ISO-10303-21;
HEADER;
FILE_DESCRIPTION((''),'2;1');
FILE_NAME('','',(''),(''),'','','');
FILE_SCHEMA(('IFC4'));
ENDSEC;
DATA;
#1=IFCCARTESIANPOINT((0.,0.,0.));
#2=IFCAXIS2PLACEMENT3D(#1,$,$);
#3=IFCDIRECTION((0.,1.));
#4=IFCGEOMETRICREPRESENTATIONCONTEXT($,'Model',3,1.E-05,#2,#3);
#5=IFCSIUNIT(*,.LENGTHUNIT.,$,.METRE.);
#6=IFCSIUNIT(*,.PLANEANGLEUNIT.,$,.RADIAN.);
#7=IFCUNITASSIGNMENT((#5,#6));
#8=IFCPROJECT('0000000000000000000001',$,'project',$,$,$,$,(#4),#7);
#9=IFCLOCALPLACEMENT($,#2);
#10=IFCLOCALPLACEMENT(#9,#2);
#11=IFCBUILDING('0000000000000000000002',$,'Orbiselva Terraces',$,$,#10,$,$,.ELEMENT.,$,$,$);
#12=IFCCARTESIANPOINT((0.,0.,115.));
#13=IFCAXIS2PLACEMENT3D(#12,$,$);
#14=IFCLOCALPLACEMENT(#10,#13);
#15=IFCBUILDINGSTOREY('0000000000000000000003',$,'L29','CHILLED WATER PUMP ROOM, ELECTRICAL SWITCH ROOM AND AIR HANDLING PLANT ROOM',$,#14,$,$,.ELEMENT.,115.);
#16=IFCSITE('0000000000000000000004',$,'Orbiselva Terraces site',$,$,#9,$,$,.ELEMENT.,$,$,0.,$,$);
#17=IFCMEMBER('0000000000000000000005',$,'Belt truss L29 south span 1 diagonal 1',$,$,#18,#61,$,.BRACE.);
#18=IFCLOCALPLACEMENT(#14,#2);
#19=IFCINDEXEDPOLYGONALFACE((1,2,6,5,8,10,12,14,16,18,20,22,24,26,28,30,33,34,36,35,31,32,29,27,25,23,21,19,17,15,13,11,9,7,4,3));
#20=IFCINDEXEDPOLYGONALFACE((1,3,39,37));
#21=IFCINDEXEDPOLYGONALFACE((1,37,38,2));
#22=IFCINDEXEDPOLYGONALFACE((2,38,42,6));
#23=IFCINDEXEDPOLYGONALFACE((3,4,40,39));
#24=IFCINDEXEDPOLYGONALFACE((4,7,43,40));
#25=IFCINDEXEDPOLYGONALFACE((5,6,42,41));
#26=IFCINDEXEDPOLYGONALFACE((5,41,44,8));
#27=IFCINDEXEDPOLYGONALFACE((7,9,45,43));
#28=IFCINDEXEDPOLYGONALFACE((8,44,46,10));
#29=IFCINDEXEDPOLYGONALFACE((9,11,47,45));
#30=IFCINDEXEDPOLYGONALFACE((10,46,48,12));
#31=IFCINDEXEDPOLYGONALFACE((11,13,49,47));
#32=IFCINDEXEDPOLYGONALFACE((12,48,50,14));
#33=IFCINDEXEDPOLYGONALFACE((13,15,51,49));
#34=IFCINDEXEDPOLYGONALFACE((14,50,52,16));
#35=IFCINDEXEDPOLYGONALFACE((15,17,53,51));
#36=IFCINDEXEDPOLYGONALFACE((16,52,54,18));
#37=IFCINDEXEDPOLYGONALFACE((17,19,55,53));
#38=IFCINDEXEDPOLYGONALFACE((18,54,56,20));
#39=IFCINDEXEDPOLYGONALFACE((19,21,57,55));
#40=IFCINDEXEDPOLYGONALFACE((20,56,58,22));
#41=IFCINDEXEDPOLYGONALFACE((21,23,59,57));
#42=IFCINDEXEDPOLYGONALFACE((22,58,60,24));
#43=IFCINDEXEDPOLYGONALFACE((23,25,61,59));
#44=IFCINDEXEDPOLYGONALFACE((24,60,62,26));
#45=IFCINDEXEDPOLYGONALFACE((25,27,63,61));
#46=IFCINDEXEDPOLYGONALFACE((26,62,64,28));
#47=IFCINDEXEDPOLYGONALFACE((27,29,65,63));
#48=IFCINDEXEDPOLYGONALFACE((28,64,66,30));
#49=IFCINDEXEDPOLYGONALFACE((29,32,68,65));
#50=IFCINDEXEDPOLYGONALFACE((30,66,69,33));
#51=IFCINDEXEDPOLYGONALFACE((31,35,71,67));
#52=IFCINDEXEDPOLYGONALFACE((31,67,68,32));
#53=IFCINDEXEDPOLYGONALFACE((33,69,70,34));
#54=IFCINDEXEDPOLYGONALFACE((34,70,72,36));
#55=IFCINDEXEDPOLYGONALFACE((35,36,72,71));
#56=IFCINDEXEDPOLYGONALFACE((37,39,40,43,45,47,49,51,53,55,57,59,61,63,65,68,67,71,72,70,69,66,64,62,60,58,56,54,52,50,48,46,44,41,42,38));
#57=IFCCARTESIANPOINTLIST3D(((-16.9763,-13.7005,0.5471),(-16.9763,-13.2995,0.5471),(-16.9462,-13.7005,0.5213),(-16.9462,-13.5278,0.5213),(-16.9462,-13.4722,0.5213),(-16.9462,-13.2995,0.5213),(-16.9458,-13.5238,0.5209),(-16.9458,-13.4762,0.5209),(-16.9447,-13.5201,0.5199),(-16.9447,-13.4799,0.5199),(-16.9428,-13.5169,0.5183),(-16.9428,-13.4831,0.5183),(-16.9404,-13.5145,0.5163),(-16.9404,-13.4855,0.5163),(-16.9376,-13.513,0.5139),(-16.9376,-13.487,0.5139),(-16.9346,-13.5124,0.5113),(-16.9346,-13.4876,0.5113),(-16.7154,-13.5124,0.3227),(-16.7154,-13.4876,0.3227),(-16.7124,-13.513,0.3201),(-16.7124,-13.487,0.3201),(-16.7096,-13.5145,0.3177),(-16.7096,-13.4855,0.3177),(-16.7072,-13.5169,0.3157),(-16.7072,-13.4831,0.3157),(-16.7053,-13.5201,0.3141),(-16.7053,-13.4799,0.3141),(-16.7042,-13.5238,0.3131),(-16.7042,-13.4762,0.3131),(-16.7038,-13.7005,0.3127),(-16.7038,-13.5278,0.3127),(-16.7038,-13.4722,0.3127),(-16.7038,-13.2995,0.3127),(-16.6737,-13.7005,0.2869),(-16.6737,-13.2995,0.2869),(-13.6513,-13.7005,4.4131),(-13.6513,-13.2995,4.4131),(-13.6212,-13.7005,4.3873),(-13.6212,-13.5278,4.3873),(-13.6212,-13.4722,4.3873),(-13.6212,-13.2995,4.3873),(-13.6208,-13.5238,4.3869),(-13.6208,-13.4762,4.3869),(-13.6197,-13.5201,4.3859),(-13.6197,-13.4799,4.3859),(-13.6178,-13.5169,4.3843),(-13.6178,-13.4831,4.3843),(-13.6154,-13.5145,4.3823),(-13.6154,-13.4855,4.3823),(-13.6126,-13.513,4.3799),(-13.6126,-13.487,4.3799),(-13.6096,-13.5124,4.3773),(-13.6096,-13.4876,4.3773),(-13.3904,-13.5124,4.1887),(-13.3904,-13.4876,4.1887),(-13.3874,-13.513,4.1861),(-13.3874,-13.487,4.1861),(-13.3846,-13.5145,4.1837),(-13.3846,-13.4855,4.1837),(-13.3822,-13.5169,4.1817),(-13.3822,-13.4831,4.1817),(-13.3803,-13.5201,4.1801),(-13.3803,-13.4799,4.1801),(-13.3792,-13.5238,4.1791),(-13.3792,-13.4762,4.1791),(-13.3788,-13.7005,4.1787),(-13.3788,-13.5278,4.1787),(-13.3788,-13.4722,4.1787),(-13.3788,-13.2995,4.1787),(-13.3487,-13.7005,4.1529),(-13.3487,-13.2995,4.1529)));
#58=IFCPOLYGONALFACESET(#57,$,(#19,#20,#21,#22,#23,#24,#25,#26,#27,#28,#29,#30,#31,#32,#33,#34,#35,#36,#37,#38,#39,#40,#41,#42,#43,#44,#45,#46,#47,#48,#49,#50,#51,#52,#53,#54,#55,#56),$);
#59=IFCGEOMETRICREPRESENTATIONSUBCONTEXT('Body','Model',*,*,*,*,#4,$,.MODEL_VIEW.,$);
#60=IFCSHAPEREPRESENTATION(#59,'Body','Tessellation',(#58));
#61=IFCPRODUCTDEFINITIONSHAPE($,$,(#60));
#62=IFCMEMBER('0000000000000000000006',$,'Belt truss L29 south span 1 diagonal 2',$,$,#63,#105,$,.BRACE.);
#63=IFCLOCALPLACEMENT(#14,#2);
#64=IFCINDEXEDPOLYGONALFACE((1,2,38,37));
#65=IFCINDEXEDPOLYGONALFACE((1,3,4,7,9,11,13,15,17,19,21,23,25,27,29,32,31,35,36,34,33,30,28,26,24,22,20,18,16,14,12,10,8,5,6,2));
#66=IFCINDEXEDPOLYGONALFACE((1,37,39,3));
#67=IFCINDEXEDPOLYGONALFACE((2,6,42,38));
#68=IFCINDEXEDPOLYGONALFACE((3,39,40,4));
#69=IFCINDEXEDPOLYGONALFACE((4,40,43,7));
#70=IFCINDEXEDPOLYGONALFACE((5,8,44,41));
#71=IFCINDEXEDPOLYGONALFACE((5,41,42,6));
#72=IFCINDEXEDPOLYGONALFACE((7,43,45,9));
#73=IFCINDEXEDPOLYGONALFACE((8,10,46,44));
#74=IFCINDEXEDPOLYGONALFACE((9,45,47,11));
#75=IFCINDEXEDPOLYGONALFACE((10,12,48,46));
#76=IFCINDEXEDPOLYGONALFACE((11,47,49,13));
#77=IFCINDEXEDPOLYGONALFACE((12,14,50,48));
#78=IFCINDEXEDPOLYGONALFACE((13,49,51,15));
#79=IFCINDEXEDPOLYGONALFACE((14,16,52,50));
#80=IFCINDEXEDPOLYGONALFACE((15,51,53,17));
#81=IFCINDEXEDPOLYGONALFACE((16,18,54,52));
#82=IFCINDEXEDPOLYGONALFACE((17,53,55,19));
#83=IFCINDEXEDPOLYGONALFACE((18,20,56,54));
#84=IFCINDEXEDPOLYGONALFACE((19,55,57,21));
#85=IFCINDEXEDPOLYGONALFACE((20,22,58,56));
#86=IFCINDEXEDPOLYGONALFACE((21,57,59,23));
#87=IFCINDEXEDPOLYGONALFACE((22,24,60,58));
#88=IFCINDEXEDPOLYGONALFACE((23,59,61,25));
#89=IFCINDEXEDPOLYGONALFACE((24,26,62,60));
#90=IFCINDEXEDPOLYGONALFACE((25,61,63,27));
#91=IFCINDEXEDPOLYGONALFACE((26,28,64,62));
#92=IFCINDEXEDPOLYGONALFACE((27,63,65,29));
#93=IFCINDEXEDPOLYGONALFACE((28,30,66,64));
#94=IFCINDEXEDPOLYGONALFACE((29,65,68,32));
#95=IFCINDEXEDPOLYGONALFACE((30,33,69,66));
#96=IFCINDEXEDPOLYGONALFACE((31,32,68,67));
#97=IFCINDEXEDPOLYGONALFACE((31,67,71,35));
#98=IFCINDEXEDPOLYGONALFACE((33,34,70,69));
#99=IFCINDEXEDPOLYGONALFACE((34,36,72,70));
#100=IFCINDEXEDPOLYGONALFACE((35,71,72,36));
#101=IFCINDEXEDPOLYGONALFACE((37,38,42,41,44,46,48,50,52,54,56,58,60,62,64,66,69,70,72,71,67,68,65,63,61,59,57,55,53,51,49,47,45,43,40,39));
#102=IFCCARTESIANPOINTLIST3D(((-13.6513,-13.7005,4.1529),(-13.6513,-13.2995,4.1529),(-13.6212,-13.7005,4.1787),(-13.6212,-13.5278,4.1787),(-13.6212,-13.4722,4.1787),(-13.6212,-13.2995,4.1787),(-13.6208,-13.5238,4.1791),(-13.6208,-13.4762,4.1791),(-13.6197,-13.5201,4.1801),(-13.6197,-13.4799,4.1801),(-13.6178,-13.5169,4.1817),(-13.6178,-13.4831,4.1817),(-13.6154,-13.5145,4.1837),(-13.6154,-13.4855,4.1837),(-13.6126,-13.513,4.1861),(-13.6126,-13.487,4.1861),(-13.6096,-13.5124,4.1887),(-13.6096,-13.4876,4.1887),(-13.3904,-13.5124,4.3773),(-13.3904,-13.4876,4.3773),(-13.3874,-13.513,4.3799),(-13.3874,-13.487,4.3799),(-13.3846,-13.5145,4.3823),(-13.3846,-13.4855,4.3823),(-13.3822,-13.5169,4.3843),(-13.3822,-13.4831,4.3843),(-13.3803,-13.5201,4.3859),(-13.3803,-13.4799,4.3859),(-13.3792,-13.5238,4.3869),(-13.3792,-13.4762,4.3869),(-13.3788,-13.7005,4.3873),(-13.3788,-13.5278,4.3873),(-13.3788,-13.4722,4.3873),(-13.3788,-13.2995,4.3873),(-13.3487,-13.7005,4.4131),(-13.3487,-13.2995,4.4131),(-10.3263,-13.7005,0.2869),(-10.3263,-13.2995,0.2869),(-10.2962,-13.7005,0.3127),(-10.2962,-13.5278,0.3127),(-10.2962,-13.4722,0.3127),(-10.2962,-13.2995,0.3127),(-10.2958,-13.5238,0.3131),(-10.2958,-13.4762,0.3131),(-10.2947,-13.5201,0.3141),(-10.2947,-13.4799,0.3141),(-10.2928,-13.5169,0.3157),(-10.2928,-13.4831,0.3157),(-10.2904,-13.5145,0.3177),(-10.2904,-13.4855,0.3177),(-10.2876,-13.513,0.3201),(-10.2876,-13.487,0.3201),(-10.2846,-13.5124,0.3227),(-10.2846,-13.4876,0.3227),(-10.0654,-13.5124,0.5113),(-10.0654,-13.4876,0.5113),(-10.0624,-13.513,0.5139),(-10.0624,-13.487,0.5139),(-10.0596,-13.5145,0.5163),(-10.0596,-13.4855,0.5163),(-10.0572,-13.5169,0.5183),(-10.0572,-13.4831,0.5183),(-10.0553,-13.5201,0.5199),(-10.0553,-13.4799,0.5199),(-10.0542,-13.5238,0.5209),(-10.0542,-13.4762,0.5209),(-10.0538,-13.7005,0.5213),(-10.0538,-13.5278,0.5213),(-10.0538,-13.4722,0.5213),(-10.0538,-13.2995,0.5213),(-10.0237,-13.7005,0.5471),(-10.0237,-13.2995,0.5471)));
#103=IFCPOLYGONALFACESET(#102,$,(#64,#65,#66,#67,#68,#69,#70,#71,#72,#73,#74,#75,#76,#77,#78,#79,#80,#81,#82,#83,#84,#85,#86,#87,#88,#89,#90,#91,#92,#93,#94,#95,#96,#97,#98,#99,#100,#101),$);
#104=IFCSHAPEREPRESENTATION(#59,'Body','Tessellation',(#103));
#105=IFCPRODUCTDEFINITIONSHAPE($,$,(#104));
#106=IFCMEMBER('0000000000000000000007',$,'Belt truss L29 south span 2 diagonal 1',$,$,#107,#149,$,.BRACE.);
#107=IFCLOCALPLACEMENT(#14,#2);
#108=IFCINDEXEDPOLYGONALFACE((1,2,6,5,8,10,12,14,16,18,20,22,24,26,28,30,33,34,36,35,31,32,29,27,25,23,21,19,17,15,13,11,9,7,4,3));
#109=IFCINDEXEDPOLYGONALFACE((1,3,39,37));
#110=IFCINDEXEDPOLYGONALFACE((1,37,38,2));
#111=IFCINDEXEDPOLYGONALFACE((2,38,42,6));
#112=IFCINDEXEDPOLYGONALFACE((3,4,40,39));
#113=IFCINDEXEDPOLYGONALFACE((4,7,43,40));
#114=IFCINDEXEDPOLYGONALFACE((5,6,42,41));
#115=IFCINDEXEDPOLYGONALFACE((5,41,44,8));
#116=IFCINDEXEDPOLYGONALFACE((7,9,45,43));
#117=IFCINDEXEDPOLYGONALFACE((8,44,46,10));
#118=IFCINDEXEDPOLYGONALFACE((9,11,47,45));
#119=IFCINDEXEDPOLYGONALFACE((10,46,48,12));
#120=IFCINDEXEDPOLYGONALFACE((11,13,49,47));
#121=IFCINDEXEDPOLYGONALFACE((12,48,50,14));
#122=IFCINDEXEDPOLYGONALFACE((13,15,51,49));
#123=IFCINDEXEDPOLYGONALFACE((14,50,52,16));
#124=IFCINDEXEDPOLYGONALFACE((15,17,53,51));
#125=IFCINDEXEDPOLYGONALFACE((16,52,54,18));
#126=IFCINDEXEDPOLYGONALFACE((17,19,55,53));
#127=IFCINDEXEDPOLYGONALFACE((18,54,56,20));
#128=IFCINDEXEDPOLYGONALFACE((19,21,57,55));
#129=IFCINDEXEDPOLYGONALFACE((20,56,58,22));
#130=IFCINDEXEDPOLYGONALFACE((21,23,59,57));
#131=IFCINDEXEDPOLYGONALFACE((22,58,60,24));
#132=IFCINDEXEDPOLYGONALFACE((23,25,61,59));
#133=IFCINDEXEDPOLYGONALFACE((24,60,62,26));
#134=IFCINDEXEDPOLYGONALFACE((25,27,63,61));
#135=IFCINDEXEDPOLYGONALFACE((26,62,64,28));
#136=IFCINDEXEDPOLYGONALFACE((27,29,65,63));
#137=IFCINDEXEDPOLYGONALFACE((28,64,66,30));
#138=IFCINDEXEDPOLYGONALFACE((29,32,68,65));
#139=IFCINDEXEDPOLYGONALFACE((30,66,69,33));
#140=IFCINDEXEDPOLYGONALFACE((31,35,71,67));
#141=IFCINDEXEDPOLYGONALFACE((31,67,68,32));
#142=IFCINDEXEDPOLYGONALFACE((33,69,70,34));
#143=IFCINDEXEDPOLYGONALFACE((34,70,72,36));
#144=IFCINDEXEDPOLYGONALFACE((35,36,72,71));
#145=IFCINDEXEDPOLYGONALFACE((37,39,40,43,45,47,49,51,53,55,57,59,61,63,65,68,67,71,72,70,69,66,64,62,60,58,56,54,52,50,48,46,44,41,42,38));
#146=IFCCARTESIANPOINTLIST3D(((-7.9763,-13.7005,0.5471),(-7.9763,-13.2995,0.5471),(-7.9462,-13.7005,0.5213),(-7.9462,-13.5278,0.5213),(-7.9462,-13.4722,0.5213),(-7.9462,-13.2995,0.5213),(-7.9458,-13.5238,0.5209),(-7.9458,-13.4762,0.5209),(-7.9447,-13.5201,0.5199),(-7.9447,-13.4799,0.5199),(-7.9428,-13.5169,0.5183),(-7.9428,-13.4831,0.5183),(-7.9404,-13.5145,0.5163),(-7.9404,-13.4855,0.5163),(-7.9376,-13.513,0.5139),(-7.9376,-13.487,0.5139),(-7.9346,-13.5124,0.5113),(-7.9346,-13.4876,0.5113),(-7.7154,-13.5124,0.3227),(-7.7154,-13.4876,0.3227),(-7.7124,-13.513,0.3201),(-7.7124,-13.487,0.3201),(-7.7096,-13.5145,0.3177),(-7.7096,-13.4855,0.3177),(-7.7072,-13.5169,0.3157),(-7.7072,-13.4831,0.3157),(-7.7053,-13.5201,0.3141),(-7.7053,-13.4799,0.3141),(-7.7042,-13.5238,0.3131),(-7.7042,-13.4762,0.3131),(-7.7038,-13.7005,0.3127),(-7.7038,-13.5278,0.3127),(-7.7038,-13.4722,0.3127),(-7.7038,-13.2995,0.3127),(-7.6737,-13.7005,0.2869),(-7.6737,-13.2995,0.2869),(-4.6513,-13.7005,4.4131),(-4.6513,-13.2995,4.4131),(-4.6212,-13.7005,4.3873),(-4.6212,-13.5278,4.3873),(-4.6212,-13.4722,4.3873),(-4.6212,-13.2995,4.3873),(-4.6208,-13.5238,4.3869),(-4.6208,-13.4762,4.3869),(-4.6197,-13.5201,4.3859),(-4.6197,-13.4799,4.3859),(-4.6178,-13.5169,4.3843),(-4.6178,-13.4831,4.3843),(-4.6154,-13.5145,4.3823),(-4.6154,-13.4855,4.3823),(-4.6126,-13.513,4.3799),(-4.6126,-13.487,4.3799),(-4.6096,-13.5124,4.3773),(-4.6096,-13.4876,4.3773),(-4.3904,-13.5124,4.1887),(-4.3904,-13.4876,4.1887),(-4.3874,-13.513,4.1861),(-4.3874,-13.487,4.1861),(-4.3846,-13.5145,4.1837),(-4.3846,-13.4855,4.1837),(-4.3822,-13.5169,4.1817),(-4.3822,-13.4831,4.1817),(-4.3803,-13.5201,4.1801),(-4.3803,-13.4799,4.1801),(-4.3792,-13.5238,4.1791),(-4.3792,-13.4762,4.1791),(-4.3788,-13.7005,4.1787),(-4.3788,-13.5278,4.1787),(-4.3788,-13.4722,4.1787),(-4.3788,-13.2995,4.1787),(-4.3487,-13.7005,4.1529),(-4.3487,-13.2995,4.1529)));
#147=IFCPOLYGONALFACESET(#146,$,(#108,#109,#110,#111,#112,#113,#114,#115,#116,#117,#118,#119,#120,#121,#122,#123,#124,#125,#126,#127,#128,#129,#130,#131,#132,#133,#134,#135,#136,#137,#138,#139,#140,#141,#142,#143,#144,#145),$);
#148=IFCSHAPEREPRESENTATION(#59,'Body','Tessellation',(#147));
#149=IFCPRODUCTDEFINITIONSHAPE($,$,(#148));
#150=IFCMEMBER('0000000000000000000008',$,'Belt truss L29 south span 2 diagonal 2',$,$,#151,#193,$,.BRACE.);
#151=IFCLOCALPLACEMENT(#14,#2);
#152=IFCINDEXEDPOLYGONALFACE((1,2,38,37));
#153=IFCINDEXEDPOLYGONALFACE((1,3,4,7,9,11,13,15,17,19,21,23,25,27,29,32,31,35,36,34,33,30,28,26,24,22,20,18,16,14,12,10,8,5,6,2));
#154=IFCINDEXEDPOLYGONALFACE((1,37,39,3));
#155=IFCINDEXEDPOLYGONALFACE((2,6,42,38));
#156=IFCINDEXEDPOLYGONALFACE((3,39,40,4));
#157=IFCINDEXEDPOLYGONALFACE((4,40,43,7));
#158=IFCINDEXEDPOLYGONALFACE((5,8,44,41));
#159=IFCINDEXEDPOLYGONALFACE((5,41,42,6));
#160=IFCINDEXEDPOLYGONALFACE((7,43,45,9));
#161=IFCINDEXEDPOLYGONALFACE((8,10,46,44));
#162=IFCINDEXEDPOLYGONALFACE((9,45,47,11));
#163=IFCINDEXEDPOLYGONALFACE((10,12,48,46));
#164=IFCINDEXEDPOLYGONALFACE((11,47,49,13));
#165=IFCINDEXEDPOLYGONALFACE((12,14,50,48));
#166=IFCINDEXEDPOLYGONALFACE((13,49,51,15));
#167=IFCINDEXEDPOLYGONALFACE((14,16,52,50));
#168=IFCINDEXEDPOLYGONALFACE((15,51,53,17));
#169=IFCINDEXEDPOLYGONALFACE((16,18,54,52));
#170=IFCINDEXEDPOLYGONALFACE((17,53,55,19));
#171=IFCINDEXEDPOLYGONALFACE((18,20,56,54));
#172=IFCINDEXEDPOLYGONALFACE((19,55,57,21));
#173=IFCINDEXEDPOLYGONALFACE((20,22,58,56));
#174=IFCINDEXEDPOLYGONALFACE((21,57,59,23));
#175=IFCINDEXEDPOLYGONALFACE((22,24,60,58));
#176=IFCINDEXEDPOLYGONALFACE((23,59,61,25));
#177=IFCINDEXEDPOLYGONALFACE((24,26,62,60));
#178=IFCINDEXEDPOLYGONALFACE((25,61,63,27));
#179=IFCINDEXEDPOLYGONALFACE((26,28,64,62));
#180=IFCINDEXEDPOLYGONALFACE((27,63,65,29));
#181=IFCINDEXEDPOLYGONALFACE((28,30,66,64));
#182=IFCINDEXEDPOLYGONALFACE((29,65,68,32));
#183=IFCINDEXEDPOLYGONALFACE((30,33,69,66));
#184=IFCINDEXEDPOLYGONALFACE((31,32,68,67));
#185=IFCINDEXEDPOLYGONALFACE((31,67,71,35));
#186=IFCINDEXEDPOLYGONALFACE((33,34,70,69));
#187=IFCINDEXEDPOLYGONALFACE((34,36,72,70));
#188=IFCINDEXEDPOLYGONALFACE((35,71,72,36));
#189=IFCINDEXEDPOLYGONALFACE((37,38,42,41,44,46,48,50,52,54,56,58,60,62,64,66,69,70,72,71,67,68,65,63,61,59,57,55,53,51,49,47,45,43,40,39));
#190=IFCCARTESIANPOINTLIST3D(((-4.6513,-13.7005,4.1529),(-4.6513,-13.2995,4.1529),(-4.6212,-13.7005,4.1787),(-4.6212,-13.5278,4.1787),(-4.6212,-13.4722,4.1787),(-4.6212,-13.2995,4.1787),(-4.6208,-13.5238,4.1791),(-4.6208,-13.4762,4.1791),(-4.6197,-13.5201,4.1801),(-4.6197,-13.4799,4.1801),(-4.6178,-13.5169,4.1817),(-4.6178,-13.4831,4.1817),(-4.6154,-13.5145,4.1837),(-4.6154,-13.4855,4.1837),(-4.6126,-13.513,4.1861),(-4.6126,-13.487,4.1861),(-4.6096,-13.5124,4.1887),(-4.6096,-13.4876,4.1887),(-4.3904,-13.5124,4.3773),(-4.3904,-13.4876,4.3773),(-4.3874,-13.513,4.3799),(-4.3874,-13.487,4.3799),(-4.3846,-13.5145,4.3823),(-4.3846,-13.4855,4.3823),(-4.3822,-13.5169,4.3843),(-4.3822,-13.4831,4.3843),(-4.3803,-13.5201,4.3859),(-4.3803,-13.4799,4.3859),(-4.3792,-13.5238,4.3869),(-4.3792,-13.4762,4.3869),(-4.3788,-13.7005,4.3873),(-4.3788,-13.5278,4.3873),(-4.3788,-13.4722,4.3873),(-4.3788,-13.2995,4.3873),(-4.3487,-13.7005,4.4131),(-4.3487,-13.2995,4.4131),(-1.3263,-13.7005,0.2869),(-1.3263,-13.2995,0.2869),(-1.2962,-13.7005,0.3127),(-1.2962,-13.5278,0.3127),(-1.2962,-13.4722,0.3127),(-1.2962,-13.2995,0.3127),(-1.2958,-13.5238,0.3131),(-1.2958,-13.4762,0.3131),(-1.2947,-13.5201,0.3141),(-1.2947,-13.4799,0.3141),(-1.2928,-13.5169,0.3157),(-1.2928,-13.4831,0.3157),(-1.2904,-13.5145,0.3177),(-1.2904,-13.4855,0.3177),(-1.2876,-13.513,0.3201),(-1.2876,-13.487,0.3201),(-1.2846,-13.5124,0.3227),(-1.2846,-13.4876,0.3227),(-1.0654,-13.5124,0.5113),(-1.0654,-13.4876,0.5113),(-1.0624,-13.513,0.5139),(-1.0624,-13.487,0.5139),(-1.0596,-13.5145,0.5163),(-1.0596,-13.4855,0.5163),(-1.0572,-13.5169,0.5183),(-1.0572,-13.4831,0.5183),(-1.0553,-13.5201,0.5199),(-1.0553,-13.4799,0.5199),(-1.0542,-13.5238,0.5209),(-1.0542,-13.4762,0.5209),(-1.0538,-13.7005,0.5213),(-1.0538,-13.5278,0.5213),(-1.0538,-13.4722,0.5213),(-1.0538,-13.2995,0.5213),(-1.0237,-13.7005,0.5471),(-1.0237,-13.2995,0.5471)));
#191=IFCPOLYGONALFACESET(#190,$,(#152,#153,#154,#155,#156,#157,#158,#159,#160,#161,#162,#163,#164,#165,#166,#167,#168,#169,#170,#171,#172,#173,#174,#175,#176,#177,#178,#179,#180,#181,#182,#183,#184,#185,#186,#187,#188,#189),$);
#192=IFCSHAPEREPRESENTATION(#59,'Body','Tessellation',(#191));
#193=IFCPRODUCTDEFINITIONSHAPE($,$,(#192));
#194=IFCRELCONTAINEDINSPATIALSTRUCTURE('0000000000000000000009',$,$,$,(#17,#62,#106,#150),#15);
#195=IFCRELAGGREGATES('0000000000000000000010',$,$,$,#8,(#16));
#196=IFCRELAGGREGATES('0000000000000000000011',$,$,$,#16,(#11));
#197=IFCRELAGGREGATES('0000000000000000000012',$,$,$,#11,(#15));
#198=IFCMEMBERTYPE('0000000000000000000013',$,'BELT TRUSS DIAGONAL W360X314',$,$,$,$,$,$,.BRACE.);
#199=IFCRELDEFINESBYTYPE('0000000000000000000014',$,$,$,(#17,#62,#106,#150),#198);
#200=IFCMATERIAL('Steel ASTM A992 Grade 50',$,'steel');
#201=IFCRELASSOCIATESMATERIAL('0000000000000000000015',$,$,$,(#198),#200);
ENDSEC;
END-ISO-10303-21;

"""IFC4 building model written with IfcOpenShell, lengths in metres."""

from ifc_helpers import new_model, si_unit, direction, frame, origin, origin_2d, place, context, subcontext, project, spatial, i_section, extrude, material, material_profile, profile_set, type_object, element, save


model = new_model("IFC4")

# Units and contexts
model_context = context("Model", 3, precision=1e-05, world=origin(), true_north=direction((0.0, 1.0)))
body_context = subcontext(model_context, "Body", "Model", "MODEL_VIEW")
ifc_project = project(units=[si_unit("LENGTHUNIT", "METRE"), si_unit("PLANEANGLEUNIT", "RADIAN")], contexts=[model_context])

# Site, building, storey
site_placement = place(None, origin())
site = spatial("IfcSite", under=ifc_project, at=site_placement, Name="Orbiselva Terraces site", CompositionType="ELEMENT", RefElevation=0.0)
building_placement = place(site_placement, origin())
building = spatial("IfcBuilding", under=site, at=building_placement, Name="Orbiselva Terraces", CompositionType="ELEMENT")
storey_placement = place(building_placement, frame((0.0, 0.0, 115.0)))
storey = spatial("IfcBuildingStorey", under=building, at=storey_placement, Name="L29", Description="CHILLED WATER PUMP ROOM, ELECTRICAL SWITCH ROOM AND AIR HANDLING PLANT ROOM", CompositionType="ELEMENT", Elevation=115.0)

# Members
ifc_material_1 = material(Name="Steel ASTM A992 Grade 50", Category="steel")
ifc_material_profile_1 = material_profile(ifc_material_1, i_section(OverallWidth=0.401, OverallDepth=0.399, WebThickness=0.0249, FlangeThickness=0.0396, FilletRadius=0.0153, at=origin_2d()), Name="W360X314")
ifc_profile_set_1 = profile_set([ifc_material_profile_1], Name="Steel ASTM A992 Grade 50")
member_type_1 = type_object("IfcMemberType", Name="BELT TRUSS DIAGONAL W360X314", PredefinedType="BRACE", material=ifc_profile_set_1)
for number, where, z_axis, x_axis, name in (
    (1, (-16.825, -13.5, 0.417), (0.652066, 0.0, 0.758162), (0.0, 1.0, 0.0), "Belt truss L29 south span 1 diagonal 1"),
    (2, (-13.5, -13.5, 4.283), (0.652066, 0.0, -0.758162), (0.0, 1.0, 0.0), "Belt truss L29 south span 1 diagonal 2"),
    (3, (-7.825, -13.5, 0.417), (0.652066, 0.0, 0.758162), (0.0, 1.0, 0.0), "Belt truss L29 south span 2 diagonal 1"),
    (4, (-4.5, -13.5, 4.283), (0.652066, 0.0, -0.758162), (0.0, 1.0, 0.0), "Belt truss L29 south span 2 diagonal 2"),
):
    element("IfcMember", number, at=place(storey_placement, frame(where, z_axis=z_axis, x_axis=x_axis)), inside=storey, type_object=member_type_1, Name=name, PredefinedType="BRACE", context=body_context, shape_type="SweptSolid", body=[
        extrude(i_section(OverallWidth=0.401, OverallDepth=0.399, WebThickness=0.0249, FlangeThickness=0.0396, FilletRadius=0.0153, at=origin_2d()), origin(), (0.0, 0.0, 1.0), 5.0992),
    ])

save(model, "model.ifc")
